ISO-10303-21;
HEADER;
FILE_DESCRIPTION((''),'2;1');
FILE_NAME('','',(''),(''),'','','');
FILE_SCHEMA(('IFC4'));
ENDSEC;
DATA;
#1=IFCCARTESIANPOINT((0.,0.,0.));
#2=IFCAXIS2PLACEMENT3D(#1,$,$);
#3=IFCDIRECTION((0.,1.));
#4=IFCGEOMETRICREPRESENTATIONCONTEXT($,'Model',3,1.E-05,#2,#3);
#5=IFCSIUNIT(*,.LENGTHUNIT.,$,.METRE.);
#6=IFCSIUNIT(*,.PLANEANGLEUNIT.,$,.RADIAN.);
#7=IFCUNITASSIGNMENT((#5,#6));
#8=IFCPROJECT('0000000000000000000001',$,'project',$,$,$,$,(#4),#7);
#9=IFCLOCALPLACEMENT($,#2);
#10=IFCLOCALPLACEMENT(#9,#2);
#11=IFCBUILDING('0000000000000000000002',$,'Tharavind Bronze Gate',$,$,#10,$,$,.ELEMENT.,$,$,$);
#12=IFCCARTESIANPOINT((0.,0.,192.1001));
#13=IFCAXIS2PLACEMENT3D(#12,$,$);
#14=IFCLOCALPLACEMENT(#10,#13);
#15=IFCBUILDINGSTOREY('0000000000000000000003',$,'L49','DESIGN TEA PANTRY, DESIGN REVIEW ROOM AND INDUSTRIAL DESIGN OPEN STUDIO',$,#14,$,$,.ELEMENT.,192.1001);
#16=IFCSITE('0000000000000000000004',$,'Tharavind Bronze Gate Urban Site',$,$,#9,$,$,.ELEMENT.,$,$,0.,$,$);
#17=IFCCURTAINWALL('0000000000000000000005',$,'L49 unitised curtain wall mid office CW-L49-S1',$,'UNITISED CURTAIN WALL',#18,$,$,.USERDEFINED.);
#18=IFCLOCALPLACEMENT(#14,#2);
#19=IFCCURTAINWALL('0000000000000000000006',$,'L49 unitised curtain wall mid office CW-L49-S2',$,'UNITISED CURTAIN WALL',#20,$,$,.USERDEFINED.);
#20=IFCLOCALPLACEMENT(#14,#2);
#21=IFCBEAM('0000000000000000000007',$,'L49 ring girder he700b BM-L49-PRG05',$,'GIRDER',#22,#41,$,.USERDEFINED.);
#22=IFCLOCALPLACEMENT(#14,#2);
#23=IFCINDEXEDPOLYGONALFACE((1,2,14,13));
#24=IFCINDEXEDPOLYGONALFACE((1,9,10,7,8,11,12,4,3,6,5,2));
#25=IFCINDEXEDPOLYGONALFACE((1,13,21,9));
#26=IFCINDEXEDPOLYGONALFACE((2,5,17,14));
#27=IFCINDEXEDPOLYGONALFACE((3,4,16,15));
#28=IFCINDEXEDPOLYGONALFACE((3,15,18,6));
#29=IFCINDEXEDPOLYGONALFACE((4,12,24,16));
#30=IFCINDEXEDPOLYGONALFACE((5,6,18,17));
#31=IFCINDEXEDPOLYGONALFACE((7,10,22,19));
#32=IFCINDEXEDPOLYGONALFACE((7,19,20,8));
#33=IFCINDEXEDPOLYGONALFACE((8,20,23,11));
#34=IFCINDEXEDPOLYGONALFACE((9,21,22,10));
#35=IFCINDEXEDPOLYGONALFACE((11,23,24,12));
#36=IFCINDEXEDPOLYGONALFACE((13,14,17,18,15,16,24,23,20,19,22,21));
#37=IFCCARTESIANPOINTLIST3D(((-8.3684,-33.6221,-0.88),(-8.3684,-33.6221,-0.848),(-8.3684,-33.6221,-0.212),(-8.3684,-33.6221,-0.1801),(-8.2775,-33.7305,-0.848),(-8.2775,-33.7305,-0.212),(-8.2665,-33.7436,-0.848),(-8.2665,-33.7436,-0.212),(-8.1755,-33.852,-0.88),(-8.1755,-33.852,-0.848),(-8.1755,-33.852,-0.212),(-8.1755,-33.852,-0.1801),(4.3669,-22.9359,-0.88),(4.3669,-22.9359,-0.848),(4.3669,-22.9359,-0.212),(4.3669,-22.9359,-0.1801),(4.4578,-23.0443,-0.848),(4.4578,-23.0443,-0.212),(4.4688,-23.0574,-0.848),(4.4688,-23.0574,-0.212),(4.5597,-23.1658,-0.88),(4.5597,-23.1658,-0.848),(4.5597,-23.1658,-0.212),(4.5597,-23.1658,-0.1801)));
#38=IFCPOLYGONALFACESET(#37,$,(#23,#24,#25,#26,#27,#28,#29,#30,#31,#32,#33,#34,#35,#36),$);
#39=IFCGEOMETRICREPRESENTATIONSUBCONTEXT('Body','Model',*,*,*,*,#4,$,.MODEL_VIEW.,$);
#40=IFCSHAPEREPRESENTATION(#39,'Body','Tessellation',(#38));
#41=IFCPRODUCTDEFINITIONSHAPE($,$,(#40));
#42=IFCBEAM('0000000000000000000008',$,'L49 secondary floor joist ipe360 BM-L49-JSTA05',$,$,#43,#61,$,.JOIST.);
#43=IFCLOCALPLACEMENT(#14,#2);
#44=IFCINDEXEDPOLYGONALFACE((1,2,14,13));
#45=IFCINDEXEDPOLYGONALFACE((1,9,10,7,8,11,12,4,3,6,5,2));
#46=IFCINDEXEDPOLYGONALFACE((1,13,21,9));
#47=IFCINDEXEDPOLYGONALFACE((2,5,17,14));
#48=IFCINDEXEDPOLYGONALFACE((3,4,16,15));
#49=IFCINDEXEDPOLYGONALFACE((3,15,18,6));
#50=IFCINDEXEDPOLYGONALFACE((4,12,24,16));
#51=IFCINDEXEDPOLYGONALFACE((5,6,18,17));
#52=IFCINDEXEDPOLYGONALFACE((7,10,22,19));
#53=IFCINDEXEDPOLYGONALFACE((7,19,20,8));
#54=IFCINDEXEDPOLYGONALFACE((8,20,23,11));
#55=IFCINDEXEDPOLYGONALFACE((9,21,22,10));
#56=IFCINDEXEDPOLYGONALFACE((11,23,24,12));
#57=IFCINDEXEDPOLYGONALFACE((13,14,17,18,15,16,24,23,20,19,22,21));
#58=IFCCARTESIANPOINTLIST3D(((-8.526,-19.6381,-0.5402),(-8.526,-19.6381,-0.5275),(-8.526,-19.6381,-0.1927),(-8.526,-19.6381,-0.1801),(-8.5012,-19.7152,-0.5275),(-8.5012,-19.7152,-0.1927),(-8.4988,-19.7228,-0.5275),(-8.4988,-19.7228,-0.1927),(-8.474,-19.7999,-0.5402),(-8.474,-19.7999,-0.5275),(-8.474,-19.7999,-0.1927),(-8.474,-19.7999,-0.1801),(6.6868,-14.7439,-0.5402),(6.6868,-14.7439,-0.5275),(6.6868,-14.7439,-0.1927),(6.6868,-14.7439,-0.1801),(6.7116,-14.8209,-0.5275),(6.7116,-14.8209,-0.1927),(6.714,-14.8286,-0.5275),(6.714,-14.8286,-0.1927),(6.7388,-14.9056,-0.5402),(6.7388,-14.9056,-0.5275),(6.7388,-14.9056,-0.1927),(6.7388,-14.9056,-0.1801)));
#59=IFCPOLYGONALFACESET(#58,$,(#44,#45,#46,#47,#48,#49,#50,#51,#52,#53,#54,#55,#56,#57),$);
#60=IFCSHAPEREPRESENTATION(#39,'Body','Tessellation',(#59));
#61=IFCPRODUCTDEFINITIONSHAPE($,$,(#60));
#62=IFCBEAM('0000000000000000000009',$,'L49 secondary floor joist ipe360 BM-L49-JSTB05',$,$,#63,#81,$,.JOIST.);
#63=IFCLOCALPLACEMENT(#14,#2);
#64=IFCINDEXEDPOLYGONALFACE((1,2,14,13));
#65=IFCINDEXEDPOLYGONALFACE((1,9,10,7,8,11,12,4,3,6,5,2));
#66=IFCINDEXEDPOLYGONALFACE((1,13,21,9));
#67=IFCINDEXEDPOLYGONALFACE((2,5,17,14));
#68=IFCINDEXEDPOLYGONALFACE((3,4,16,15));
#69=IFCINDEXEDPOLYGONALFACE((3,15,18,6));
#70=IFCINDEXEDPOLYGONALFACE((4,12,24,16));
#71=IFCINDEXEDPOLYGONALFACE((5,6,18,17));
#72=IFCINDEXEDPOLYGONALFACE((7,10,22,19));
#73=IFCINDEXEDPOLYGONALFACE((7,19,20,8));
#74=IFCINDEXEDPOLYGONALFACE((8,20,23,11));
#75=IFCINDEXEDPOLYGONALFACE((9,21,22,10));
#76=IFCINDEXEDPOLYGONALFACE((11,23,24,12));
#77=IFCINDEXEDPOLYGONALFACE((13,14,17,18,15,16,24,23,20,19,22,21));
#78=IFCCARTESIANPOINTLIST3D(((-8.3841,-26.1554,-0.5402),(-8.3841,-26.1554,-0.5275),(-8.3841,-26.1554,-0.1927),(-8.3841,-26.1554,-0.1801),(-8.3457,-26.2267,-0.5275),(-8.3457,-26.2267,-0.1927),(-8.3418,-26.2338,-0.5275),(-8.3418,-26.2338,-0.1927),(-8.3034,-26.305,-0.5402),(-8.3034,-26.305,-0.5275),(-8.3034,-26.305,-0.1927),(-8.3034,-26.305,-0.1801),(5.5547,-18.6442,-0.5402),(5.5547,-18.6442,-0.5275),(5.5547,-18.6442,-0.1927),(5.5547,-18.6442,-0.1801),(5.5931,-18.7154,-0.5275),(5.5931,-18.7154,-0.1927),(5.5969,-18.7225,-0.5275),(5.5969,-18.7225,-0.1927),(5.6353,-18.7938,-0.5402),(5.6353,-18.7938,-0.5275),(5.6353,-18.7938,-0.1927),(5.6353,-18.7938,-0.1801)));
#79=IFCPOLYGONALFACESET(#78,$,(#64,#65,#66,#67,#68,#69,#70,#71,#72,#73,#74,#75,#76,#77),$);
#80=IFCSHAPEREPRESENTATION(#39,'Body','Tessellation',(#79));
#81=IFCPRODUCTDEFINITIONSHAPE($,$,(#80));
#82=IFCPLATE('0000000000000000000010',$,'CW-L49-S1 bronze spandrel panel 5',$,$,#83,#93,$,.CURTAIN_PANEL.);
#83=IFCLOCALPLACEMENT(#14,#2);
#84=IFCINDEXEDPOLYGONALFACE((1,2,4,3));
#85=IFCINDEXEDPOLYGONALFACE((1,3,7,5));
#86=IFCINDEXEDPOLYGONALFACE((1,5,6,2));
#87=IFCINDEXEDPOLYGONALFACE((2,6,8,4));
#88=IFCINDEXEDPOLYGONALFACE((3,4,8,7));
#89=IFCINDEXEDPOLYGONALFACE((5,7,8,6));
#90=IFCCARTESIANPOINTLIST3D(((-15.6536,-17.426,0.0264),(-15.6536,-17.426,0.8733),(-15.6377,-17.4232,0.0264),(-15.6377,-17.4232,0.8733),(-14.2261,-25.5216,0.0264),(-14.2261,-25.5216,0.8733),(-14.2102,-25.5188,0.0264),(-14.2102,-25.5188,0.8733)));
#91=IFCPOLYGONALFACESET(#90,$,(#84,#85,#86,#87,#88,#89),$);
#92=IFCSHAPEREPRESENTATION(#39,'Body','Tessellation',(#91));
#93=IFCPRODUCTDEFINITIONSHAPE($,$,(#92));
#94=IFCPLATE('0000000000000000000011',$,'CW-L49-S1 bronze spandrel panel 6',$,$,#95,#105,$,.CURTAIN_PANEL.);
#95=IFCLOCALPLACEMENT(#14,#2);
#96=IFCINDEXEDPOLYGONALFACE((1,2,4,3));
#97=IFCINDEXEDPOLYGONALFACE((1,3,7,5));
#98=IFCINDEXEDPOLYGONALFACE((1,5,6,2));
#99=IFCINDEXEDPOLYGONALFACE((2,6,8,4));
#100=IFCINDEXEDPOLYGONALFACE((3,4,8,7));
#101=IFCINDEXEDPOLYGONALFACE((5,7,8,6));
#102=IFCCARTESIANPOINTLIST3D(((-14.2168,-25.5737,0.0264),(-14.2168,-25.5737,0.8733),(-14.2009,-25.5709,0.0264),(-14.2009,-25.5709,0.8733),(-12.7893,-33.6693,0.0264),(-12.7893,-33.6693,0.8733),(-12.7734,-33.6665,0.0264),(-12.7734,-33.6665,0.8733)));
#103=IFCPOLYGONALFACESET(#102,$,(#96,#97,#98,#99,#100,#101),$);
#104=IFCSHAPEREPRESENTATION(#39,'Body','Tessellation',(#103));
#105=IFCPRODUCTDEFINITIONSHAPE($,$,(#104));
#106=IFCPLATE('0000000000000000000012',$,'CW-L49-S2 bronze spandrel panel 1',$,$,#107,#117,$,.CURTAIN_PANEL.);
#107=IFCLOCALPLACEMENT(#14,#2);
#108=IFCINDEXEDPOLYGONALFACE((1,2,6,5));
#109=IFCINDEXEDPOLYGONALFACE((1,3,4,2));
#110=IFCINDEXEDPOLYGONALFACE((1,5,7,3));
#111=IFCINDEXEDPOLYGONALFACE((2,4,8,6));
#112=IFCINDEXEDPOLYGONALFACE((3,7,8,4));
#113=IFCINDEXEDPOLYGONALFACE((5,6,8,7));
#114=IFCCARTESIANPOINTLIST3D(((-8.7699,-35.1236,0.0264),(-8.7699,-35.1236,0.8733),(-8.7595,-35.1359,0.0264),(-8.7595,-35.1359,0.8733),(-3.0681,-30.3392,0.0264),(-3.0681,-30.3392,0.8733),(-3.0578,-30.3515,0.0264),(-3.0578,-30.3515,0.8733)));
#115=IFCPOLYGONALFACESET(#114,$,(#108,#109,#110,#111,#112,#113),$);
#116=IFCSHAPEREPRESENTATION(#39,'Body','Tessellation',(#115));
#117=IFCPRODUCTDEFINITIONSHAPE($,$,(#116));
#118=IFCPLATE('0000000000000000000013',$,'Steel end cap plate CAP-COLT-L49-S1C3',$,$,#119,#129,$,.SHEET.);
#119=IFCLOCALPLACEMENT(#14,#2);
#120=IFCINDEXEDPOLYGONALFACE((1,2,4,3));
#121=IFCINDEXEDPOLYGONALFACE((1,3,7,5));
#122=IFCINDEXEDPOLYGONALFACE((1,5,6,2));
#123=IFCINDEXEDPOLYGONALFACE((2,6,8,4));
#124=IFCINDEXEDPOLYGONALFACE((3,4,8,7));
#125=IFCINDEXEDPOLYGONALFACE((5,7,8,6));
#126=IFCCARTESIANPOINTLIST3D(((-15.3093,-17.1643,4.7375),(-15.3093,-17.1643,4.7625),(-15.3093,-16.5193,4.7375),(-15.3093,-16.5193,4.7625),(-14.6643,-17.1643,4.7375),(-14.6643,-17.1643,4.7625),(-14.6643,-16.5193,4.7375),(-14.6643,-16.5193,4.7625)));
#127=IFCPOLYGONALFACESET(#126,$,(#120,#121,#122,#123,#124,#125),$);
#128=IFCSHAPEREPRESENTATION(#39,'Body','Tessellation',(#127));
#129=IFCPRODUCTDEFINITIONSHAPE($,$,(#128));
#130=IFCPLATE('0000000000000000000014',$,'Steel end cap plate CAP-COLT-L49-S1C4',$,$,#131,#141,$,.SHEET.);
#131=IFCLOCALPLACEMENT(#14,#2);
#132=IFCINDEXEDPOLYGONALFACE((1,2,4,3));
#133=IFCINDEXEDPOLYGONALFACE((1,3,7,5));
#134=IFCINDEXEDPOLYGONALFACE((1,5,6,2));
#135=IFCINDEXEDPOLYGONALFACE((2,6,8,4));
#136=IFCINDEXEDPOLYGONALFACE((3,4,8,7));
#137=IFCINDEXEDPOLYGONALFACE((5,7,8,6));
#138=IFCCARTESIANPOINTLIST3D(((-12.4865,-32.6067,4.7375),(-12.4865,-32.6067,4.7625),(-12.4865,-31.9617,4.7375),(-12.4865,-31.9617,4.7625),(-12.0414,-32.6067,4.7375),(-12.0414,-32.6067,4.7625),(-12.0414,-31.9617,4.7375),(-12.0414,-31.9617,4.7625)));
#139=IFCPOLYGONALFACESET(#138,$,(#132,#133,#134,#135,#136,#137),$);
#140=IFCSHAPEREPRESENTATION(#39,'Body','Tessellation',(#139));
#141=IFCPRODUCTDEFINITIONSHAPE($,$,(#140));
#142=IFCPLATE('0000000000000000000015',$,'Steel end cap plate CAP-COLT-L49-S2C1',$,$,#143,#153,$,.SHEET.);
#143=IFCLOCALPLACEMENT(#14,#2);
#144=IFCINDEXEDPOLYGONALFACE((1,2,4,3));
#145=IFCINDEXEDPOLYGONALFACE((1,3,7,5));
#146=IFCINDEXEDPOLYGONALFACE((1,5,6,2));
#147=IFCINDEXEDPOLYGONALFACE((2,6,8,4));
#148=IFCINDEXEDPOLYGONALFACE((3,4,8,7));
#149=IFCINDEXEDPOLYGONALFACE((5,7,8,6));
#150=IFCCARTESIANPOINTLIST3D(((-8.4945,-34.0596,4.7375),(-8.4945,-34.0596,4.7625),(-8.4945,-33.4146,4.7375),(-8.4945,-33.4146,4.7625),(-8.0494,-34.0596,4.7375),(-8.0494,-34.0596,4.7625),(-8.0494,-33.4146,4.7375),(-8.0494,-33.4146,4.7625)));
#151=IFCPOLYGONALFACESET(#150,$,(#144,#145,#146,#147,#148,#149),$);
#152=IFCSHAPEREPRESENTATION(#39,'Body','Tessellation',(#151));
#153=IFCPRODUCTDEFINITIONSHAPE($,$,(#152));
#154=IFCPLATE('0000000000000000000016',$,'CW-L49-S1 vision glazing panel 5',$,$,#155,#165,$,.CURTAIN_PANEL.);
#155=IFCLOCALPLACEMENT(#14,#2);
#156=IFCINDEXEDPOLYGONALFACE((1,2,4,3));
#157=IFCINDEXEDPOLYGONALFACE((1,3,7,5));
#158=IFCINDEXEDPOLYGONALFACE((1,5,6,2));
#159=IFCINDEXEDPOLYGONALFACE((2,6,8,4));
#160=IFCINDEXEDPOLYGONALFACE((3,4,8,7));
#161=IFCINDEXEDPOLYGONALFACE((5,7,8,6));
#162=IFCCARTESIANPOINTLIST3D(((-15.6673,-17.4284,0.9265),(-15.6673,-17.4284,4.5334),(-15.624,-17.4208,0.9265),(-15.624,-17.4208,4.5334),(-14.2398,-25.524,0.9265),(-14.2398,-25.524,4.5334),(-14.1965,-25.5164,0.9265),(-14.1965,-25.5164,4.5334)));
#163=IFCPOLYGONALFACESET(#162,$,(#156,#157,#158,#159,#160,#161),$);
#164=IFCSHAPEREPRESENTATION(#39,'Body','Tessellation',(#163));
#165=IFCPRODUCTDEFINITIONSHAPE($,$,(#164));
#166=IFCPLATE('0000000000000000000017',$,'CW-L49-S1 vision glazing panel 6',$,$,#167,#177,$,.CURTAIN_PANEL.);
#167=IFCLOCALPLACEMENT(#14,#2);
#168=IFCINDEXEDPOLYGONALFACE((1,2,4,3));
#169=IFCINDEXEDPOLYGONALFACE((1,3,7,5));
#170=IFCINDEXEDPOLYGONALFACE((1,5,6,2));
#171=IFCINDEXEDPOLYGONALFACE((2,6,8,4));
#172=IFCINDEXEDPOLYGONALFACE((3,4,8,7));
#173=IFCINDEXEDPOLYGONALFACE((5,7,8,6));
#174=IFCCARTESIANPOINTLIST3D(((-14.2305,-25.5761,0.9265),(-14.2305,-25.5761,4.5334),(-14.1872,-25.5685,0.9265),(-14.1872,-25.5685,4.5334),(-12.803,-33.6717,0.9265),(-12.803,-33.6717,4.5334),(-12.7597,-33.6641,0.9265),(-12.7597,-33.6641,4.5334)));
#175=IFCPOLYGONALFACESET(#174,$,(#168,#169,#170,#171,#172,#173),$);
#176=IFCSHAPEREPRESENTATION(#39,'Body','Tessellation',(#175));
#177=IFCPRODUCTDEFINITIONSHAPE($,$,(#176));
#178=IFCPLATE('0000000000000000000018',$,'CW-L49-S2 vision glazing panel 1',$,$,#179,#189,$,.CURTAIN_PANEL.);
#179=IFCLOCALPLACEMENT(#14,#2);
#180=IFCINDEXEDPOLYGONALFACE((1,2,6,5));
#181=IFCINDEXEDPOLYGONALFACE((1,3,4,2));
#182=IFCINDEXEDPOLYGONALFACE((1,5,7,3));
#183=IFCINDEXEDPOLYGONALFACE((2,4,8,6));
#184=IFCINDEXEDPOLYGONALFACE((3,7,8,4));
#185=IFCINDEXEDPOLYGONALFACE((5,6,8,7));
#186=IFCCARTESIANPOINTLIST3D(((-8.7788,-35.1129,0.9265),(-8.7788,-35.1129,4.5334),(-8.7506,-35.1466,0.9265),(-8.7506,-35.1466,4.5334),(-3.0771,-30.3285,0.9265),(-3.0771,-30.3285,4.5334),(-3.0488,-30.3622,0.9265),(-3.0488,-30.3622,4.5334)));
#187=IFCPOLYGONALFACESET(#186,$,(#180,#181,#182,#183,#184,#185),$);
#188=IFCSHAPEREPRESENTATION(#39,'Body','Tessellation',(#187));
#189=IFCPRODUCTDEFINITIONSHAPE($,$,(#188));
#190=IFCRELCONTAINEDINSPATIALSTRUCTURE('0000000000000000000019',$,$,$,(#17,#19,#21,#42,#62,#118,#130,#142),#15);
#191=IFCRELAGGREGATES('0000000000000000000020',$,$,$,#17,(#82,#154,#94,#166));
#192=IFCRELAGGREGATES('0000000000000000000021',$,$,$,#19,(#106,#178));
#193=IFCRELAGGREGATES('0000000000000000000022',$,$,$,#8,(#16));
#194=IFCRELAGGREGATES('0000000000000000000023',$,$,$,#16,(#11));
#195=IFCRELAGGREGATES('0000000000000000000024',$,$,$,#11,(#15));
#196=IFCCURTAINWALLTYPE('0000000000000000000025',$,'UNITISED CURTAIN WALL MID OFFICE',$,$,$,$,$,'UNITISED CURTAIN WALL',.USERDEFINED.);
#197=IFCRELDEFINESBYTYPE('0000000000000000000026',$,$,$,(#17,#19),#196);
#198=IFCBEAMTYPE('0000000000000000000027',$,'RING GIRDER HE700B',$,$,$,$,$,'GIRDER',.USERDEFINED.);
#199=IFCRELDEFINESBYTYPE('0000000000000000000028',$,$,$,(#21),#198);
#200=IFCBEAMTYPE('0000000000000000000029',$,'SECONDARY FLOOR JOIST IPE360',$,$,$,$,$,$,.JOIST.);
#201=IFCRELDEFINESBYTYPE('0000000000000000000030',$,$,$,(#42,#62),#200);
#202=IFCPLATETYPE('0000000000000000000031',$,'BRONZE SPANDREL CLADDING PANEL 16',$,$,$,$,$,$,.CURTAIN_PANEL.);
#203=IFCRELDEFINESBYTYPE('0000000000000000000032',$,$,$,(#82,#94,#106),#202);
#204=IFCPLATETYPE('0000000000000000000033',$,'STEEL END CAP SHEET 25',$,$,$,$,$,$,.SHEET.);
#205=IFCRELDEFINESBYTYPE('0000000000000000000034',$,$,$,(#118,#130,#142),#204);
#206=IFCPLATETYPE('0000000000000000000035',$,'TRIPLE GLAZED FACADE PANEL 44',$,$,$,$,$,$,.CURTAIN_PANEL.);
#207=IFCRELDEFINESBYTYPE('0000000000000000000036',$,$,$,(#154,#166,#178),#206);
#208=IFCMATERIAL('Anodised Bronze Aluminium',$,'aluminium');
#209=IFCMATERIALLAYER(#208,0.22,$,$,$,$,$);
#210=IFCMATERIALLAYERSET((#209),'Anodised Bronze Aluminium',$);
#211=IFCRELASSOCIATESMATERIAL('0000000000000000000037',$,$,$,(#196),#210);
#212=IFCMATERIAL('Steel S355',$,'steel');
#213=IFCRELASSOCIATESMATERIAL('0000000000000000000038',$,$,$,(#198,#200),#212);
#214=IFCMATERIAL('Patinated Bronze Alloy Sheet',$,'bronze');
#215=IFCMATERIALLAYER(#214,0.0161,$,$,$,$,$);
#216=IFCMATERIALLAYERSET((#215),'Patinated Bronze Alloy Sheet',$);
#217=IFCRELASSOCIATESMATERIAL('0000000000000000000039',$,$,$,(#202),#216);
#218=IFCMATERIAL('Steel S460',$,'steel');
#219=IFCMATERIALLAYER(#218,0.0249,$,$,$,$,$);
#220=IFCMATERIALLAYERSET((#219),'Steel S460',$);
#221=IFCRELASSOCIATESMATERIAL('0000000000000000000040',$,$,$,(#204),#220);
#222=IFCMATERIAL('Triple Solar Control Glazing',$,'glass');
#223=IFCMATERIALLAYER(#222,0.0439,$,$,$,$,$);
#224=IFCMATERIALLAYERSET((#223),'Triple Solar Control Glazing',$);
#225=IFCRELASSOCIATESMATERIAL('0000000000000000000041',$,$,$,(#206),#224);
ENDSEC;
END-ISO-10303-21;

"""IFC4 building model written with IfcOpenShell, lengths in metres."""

from ifc_helpers import new_model, si_unit, direction, frame, origin, origin_2d, place, context, subcontext, project, spatial, rectangle, i_section, extrude, material, layer, layer_set, material_profile, profile_set, type_object, element, aggregate, save


model = new_model("IFC4")

# Units and contexts
model_context = context("Model", 3, precision=1e-05, world=origin(), true_north=direction((0.0, 1.0)))
body_context = subcontext(model_context, "Body", "Model", "MODEL_VIEW")
ifc_project = project(units=[si_unit("LENGTHUNIT", "METRE"), si_unit("PLANEANGLEUNIT", "RADIAN")], contexts=[model_context])

# Site, building, storey
site_placement = place(None, origin())
site = spatial("IfcSite", under=ifc_project, at=site_placement, Name="Tharavind Bronze Gate Urban Site", CompositionType="ELEMENT", RefElevation=0.0)
building_placement = place(site_placement, origin())
building = spatial("IfcBuilding", under=site, at=building_placement, Name="Tharavind Bronze Gate", CompositionType="ELEMENT")
storey_placement = place(building_placement, frame((0.0, 0.0, 192.1001)))
storey = spatial("IfcBuildingStorey", under=building, at=storey_placement, Name="L49", Description="DESIGN TEA PANTRY, DESIGN REVIEW ROOM AND INDUSTRIAL DESIGN OPEN STUDIO", CompositionType="ELEMENT", Elevation=192.1001)

# Shared definitions
ifc_material_1 = material(Name="Steel S460", Category="steel")

# Curtain walls
ifc_material_2 = material(Name="Anodised Bronze Aluminium", Category="aluminium")
ifc_layer_1 = layer(ifc_material_2, 0.22)
ifc_layer_set_1 = layer_set([ifc_layer_1], Name="Anodised Bronze Aluminium")
curtain_wall_type = type_object("IfcCurtainWallType", Name="UNITISED CURTAIN WALL MID OFFICE", ElementType="UNITISED CURTAIN WALL", PredefinedType="USERDEFINED", material=ifc_layer_set_1)
curtain_wall_1_placement = place(storey_placement, origin())
curtain_wall_1 = element("IfcCurtainWall", 1, at=curtain_wall_1_placement, inside=storey, type_object=curtain_wall_type, Name="L49 unitised curtain wall mid office CW-L49-S1", ObjectType="UNITISED CURTAIN WALL", PredefinedType="USERDEFINED")
curtain_wall_2_placement = place(storey_placement, origin())
curtain_wall_2 = element("IfcCurtainWall", 2, at=curtain_wall_2_placement, inside=storey, type_object=curtain_wall_type, Name="L49 unitised curtain wall mid office CW-L49-S2", ObjectType="UNITISED CURTAIN WALL", PredefinedType="USERDEFINED")

# Beams
ifc_material_3 = material(Name="Steel S355", Category="steel")
ifc_material_profile_1 = material_profile(ifc_material_3, i_section(OverallWidth=0.3, OverallDepth=0.7, WebThickness=0.0171, FlangeThickness=0.032, at=origin_2d()), Name="HE700B")
ifc_profile_set_1 = profile_set([ifc_material_profile_1], Name="Steel S355")
beam_type_1 = type_object("IfcBeamType", Name="RING GIRDER HE700B", ElementType="GIRDER", PredefinedType="USERDEFINED", material=ifc_profile_set_1)
beam_1_placement = place(storey_placement, frame((-8.272, -33.7371, -0.53), z_axis=(0.766043, 0.642789, 0.0), x_axis=(-0.642789, 0.766043, 0.0)))
element("IfcBeam", 3, at=beam_1_placement, inside=storey, type_object=beam_type_1, Name="L49 ring girder he700b BM-L49-PRG05", ObjectType="GIRDER", PredefinedType="USERDEFINED", context=body_context, shape_type="SweptSolid", body=[
    extrude(i_section(OverallWidth=0.3, OverallDepth=0.7, WebThickness=0.0171, FlangeThickness=0.032, at=origin_2d()), origin(), (0.0, 0.0, 1.0), 16.6248),
])
ifc_material_profile_2 = material_profile(ifc_material_3, i_section(OverallWidth=0.1699, OverallDepth=0.3601, WebThickness=0.0081, FlangeThickness=0.0127, at=origin_2d()), Name="IPE360")
ifc_profile_set_2 = profile_set([ifc_material_profile_2], Name="Steel S355")
beam_type_2 = type_object("IfcBeamType", Name="SECONDARY FLOOR JOIST IPE360", PredefinedType="JOIST", material=ifc_profile_set_2)
beam_2_placement = place(storey_placement, frame((-8.5, -19.719, -0.3601), z_axis=(0.951948, 0.30626, 0.0), x_axis=(-0.30626, 0.951948, 0.0)))
element("IfcBeam", 4, at=beam_2_placement, inside=storey, type_object=beam_type_2, Name="L49 secondary floor joist ipe360 BM-L49-JSTA05", PredefinedType="JOIST", context=body_context, shape_type="SweptSolid", body=[
    extrude(i_section(OverallWidth=0.1699, OverallDepth=0.3601, WebThickness=0.0081, FlangeThickness=0.0127, at=origin_2d()), origin(), (0.0, 0.0, 1.0), 15.9807),
])
beam_3_placement = place(storey_placement, frame((-8.3438, -26.2302, -0.3601), z_axis=(0.880319, 0.474382, 0.0), x_axis=(-0.474382, 0.880319, 0.0)))
element("IfcBeam", 5, at=beam_3_placement, inside=storey, type_object=beam_type_2, Name="L49 secondary floor joist ipe360 BM-L49-JSTB05", PredefinedType="JOIST", context=body_context, shape_type="SweptSolid", body=[
    extrude(i_section(OverallWidth=0.1699, OverallDepth=0.3601, WebThickness=0.0081, FlangeThickness=0.0127, at=origin_2d()), origin(), (0.0, 0.0, 1.0), 15.8337),
])

# Plates
ifc_material_4 = material(Name="Patinated Bronze Alloy Sheet", Category="bronze")
ifc_layer_2 = layer(ifc_material_4, 0.0161)
ifc_layer_set_2 = layer_set([ifc_layer_2], Name="Patinated Bronze Alloy Sheet")
plate_type_1 = type_object("IfcPlateType", Name="BRONZE SPANDREL CLADDING PANEL 16", PredefinedType="CURTAIN_PANEL", material=ifc_layer_set_2)
plate_1_placement = place(storey_placement, frame((-14.9319, -21.4724, 0.0264), z_axis=(0.0, 0.0, 1.0), x_axis=(0.173648, -0.984808, 0.0)))
plate_1 = element("IfcPlate", 6, at=plate_1_placement, type_object=plate_type_1, Name="CW-L49-S1 bronze spandrel panel 5", PredefinedType="CURTAIN_PANEL", context=body_context, shape_type="SweptSolid", body=[
    extrude(rectangle(XDim=8.2205, YDim=0.0161, at=origin_2d()), origin(), (0.0, 0.0, 1.0), 0.8469),
])
plate_2_placement = place(storey_placement, frame((-13.4951, -29.6201, 0.0264), z_axis=(0.0, 0.0, 1.0), x_axis=(0.173648, -0.984808, 0.0)))
plate_2 = element("IfcPlate", 7, at=plate_2_placement, type_object=plate_type_1, Name="CW-L49-S1 bronze spandrel panel 6", PredefinedType="CURTAIN_PANEL", context=body_context, shape_type="SweptSolid", body=[
    extrude(rectangle(XDim=8.2205, YDim=0.0161, at=origin_2d()), origin(), (0.0, 0.0, 1.0), 0.8469),
])
plate_3_placement = place(storey_placement, frame((-5.9138, -32.7375, 0.0264), z_axis=(0.0, 0.0, 1.0), x_axis=(0.766043, 0.642789, 0.0)))
plate_3 = element("IfcPlate", 8, at=plate_3_placement, type_object=plate_type_1, Name="CW-L49-S2 bronze spandrel panel 1", PredefinedType="CURTAIN_PANEL", context=body_context, shape_type="SweptSolid", body=[
    extrude(rectangle(XDim=7.4431, YDim=0.0161, at=origin_2d()), origin(), (0.0, 0.0, 1.0), 0.8469),
])

# Plates
ifc_layer_3 = layer(ifc_material_1, 0.0249)
ifc_layer_set_3 = layer_set([ifc_layer_3], Name="Steel S460")
plate_type_2 = type_object("IfcPlateType", Name="STEEL END CAP SHEET 25", PredefinedType="SHEET", material=ifc_layer_set_3)
plate_4_placement = place(storey_placement, frame((-14.9868, -16.8418, 4.7375), z_axis=(0.0, 0.0, 1.0), x_axis=(1.0, 0.0, 0.0)))
element("IfcPlate", 9, at=plate_4_placement, inside=storey, type_object=plate_type_2, Name="Steel end cap plate CAP-COLT-L49-S1C3", PredefinedType="SHEET", context=body_context, shape_type="SweptSolid", body=[
    extrude(rectangle(XDim=0.645, YDim=0.645, at=origin_2d()), origin(), (0.0, 0.0, 1.0), 0.0249),
])
for number, where, z_axis, x_axis, name in (
    (10, (-12.2639, -32.2842, 4.7375), (0.0, 0.0, 1.0), (1.0, 0.0, 0.0), "Steel end cap plate CAP-COLT-L49-S1C4"),
    (11, (-8.272, -33.7371, 4.7375), (0.0, 0.0, 1.0), (1.0, 0.0, 0.0), "Steel end cap plate CAP-COLT-L49-S2C1"),
):
    element("IfcPlate", number, at=place(storey_placement, frame(where, z_axis=z_axis, x_axis=x_axis)), inside=storey, type_object=plate_type_2, Name=name, PredefinedType="SHEET", context=body_context, shape_type="SweptSolid", body=[
        extrude(rectangle(XDim=0.4451, YDim=0.645, at=origin_2d()), origin(), (0.0, 0.0, 1.0), 0.0249),
    ])

# Plates
ifc_material_5 = material(Name="Triple Solar Control Glazing", Category="glass")
ifc_layer_4 = layer(ifc_material_5, 0.0439)
ifc_layer_set_4 = layer_set([ifc_layer_4], Name="Triple Solar Control Glazing")
plate_type_3 = type_object("IfcPlateType", Name="TRIPLE GLAZED FACADE PANEL 44", PredefinedType="CURTAIN_PANEL", material=ifc_layer_set_4)
plate_5_placement = place(storey_placement, frame((-14.9319, -21.4724, 0.9265), z_axis=(0.0, 0.0, 1.0), x_axis=(0.173648, -0.984808, 0.0)))
plate_5 = element("IfcPlate", 12, at=plate_5_placement, type_object=plate_type_3, Name="CW-L49-S1 vision glazing panel 5", PredefinedType="CURTAIN_PANEL", context=body_context, shape_type="SweptSolid", body=[
    extrude(rectangle(XDim=8.2205, YDim=0.0439, at=origin_2d()), origin(), (0.0, 0.0, 1.0), 3.6069),
])
plate_6_placement = place(storey_placement, frame((-13.4951, -29.6201, 0.9265), z_axis=(0.0, 0.0, 1.0), x_axis=(0.173648, -0.984808, 0.0)))
plate_6 = element("IfcPlate", 13, at=plate_6_placement, type_object=plate_type_3, Name="CW-L49-S1 vision glazing panel 6", PredefinedType="CURTAIN_PANEL", context=body_context, shape_type="SweptSolid", body=[
    extrude(rectangle(XDim=8.2205, YDim=0.0439, at=origin_2d()), origin(), (0.0, 0.0, 1.0), 3.6069),
])
aggregate(curtain_wall_1, [plate_1, plate_5, plate_2, plate_6])
plate_7_placement = place(storey_placement, frame((-5.9138, -32.7375, 0.9265), z_axis=(0.0, 0.0, 1.0), x_axis=(0.766043, 0.642789, 0.0)))
plate_7 = element("IfcPlate", 14, at=plate_7_placement, type_object=plate_type_3, Name="CW-L49-S2 vision glazing panel 1", PredefinedType="CURTAIN_PANEL", context=body_context, shape_type="SweptSolid", body=[
    extrude(rectangle(XDim=7.4431, YDim=0.0439, at=origin_2d()), origin(), (0.0, 0.0, 1.0), 3.6069),
])
aggregate(curtain_wall_2, [plate_3, plate_7])

save(model, "model.ifc")
